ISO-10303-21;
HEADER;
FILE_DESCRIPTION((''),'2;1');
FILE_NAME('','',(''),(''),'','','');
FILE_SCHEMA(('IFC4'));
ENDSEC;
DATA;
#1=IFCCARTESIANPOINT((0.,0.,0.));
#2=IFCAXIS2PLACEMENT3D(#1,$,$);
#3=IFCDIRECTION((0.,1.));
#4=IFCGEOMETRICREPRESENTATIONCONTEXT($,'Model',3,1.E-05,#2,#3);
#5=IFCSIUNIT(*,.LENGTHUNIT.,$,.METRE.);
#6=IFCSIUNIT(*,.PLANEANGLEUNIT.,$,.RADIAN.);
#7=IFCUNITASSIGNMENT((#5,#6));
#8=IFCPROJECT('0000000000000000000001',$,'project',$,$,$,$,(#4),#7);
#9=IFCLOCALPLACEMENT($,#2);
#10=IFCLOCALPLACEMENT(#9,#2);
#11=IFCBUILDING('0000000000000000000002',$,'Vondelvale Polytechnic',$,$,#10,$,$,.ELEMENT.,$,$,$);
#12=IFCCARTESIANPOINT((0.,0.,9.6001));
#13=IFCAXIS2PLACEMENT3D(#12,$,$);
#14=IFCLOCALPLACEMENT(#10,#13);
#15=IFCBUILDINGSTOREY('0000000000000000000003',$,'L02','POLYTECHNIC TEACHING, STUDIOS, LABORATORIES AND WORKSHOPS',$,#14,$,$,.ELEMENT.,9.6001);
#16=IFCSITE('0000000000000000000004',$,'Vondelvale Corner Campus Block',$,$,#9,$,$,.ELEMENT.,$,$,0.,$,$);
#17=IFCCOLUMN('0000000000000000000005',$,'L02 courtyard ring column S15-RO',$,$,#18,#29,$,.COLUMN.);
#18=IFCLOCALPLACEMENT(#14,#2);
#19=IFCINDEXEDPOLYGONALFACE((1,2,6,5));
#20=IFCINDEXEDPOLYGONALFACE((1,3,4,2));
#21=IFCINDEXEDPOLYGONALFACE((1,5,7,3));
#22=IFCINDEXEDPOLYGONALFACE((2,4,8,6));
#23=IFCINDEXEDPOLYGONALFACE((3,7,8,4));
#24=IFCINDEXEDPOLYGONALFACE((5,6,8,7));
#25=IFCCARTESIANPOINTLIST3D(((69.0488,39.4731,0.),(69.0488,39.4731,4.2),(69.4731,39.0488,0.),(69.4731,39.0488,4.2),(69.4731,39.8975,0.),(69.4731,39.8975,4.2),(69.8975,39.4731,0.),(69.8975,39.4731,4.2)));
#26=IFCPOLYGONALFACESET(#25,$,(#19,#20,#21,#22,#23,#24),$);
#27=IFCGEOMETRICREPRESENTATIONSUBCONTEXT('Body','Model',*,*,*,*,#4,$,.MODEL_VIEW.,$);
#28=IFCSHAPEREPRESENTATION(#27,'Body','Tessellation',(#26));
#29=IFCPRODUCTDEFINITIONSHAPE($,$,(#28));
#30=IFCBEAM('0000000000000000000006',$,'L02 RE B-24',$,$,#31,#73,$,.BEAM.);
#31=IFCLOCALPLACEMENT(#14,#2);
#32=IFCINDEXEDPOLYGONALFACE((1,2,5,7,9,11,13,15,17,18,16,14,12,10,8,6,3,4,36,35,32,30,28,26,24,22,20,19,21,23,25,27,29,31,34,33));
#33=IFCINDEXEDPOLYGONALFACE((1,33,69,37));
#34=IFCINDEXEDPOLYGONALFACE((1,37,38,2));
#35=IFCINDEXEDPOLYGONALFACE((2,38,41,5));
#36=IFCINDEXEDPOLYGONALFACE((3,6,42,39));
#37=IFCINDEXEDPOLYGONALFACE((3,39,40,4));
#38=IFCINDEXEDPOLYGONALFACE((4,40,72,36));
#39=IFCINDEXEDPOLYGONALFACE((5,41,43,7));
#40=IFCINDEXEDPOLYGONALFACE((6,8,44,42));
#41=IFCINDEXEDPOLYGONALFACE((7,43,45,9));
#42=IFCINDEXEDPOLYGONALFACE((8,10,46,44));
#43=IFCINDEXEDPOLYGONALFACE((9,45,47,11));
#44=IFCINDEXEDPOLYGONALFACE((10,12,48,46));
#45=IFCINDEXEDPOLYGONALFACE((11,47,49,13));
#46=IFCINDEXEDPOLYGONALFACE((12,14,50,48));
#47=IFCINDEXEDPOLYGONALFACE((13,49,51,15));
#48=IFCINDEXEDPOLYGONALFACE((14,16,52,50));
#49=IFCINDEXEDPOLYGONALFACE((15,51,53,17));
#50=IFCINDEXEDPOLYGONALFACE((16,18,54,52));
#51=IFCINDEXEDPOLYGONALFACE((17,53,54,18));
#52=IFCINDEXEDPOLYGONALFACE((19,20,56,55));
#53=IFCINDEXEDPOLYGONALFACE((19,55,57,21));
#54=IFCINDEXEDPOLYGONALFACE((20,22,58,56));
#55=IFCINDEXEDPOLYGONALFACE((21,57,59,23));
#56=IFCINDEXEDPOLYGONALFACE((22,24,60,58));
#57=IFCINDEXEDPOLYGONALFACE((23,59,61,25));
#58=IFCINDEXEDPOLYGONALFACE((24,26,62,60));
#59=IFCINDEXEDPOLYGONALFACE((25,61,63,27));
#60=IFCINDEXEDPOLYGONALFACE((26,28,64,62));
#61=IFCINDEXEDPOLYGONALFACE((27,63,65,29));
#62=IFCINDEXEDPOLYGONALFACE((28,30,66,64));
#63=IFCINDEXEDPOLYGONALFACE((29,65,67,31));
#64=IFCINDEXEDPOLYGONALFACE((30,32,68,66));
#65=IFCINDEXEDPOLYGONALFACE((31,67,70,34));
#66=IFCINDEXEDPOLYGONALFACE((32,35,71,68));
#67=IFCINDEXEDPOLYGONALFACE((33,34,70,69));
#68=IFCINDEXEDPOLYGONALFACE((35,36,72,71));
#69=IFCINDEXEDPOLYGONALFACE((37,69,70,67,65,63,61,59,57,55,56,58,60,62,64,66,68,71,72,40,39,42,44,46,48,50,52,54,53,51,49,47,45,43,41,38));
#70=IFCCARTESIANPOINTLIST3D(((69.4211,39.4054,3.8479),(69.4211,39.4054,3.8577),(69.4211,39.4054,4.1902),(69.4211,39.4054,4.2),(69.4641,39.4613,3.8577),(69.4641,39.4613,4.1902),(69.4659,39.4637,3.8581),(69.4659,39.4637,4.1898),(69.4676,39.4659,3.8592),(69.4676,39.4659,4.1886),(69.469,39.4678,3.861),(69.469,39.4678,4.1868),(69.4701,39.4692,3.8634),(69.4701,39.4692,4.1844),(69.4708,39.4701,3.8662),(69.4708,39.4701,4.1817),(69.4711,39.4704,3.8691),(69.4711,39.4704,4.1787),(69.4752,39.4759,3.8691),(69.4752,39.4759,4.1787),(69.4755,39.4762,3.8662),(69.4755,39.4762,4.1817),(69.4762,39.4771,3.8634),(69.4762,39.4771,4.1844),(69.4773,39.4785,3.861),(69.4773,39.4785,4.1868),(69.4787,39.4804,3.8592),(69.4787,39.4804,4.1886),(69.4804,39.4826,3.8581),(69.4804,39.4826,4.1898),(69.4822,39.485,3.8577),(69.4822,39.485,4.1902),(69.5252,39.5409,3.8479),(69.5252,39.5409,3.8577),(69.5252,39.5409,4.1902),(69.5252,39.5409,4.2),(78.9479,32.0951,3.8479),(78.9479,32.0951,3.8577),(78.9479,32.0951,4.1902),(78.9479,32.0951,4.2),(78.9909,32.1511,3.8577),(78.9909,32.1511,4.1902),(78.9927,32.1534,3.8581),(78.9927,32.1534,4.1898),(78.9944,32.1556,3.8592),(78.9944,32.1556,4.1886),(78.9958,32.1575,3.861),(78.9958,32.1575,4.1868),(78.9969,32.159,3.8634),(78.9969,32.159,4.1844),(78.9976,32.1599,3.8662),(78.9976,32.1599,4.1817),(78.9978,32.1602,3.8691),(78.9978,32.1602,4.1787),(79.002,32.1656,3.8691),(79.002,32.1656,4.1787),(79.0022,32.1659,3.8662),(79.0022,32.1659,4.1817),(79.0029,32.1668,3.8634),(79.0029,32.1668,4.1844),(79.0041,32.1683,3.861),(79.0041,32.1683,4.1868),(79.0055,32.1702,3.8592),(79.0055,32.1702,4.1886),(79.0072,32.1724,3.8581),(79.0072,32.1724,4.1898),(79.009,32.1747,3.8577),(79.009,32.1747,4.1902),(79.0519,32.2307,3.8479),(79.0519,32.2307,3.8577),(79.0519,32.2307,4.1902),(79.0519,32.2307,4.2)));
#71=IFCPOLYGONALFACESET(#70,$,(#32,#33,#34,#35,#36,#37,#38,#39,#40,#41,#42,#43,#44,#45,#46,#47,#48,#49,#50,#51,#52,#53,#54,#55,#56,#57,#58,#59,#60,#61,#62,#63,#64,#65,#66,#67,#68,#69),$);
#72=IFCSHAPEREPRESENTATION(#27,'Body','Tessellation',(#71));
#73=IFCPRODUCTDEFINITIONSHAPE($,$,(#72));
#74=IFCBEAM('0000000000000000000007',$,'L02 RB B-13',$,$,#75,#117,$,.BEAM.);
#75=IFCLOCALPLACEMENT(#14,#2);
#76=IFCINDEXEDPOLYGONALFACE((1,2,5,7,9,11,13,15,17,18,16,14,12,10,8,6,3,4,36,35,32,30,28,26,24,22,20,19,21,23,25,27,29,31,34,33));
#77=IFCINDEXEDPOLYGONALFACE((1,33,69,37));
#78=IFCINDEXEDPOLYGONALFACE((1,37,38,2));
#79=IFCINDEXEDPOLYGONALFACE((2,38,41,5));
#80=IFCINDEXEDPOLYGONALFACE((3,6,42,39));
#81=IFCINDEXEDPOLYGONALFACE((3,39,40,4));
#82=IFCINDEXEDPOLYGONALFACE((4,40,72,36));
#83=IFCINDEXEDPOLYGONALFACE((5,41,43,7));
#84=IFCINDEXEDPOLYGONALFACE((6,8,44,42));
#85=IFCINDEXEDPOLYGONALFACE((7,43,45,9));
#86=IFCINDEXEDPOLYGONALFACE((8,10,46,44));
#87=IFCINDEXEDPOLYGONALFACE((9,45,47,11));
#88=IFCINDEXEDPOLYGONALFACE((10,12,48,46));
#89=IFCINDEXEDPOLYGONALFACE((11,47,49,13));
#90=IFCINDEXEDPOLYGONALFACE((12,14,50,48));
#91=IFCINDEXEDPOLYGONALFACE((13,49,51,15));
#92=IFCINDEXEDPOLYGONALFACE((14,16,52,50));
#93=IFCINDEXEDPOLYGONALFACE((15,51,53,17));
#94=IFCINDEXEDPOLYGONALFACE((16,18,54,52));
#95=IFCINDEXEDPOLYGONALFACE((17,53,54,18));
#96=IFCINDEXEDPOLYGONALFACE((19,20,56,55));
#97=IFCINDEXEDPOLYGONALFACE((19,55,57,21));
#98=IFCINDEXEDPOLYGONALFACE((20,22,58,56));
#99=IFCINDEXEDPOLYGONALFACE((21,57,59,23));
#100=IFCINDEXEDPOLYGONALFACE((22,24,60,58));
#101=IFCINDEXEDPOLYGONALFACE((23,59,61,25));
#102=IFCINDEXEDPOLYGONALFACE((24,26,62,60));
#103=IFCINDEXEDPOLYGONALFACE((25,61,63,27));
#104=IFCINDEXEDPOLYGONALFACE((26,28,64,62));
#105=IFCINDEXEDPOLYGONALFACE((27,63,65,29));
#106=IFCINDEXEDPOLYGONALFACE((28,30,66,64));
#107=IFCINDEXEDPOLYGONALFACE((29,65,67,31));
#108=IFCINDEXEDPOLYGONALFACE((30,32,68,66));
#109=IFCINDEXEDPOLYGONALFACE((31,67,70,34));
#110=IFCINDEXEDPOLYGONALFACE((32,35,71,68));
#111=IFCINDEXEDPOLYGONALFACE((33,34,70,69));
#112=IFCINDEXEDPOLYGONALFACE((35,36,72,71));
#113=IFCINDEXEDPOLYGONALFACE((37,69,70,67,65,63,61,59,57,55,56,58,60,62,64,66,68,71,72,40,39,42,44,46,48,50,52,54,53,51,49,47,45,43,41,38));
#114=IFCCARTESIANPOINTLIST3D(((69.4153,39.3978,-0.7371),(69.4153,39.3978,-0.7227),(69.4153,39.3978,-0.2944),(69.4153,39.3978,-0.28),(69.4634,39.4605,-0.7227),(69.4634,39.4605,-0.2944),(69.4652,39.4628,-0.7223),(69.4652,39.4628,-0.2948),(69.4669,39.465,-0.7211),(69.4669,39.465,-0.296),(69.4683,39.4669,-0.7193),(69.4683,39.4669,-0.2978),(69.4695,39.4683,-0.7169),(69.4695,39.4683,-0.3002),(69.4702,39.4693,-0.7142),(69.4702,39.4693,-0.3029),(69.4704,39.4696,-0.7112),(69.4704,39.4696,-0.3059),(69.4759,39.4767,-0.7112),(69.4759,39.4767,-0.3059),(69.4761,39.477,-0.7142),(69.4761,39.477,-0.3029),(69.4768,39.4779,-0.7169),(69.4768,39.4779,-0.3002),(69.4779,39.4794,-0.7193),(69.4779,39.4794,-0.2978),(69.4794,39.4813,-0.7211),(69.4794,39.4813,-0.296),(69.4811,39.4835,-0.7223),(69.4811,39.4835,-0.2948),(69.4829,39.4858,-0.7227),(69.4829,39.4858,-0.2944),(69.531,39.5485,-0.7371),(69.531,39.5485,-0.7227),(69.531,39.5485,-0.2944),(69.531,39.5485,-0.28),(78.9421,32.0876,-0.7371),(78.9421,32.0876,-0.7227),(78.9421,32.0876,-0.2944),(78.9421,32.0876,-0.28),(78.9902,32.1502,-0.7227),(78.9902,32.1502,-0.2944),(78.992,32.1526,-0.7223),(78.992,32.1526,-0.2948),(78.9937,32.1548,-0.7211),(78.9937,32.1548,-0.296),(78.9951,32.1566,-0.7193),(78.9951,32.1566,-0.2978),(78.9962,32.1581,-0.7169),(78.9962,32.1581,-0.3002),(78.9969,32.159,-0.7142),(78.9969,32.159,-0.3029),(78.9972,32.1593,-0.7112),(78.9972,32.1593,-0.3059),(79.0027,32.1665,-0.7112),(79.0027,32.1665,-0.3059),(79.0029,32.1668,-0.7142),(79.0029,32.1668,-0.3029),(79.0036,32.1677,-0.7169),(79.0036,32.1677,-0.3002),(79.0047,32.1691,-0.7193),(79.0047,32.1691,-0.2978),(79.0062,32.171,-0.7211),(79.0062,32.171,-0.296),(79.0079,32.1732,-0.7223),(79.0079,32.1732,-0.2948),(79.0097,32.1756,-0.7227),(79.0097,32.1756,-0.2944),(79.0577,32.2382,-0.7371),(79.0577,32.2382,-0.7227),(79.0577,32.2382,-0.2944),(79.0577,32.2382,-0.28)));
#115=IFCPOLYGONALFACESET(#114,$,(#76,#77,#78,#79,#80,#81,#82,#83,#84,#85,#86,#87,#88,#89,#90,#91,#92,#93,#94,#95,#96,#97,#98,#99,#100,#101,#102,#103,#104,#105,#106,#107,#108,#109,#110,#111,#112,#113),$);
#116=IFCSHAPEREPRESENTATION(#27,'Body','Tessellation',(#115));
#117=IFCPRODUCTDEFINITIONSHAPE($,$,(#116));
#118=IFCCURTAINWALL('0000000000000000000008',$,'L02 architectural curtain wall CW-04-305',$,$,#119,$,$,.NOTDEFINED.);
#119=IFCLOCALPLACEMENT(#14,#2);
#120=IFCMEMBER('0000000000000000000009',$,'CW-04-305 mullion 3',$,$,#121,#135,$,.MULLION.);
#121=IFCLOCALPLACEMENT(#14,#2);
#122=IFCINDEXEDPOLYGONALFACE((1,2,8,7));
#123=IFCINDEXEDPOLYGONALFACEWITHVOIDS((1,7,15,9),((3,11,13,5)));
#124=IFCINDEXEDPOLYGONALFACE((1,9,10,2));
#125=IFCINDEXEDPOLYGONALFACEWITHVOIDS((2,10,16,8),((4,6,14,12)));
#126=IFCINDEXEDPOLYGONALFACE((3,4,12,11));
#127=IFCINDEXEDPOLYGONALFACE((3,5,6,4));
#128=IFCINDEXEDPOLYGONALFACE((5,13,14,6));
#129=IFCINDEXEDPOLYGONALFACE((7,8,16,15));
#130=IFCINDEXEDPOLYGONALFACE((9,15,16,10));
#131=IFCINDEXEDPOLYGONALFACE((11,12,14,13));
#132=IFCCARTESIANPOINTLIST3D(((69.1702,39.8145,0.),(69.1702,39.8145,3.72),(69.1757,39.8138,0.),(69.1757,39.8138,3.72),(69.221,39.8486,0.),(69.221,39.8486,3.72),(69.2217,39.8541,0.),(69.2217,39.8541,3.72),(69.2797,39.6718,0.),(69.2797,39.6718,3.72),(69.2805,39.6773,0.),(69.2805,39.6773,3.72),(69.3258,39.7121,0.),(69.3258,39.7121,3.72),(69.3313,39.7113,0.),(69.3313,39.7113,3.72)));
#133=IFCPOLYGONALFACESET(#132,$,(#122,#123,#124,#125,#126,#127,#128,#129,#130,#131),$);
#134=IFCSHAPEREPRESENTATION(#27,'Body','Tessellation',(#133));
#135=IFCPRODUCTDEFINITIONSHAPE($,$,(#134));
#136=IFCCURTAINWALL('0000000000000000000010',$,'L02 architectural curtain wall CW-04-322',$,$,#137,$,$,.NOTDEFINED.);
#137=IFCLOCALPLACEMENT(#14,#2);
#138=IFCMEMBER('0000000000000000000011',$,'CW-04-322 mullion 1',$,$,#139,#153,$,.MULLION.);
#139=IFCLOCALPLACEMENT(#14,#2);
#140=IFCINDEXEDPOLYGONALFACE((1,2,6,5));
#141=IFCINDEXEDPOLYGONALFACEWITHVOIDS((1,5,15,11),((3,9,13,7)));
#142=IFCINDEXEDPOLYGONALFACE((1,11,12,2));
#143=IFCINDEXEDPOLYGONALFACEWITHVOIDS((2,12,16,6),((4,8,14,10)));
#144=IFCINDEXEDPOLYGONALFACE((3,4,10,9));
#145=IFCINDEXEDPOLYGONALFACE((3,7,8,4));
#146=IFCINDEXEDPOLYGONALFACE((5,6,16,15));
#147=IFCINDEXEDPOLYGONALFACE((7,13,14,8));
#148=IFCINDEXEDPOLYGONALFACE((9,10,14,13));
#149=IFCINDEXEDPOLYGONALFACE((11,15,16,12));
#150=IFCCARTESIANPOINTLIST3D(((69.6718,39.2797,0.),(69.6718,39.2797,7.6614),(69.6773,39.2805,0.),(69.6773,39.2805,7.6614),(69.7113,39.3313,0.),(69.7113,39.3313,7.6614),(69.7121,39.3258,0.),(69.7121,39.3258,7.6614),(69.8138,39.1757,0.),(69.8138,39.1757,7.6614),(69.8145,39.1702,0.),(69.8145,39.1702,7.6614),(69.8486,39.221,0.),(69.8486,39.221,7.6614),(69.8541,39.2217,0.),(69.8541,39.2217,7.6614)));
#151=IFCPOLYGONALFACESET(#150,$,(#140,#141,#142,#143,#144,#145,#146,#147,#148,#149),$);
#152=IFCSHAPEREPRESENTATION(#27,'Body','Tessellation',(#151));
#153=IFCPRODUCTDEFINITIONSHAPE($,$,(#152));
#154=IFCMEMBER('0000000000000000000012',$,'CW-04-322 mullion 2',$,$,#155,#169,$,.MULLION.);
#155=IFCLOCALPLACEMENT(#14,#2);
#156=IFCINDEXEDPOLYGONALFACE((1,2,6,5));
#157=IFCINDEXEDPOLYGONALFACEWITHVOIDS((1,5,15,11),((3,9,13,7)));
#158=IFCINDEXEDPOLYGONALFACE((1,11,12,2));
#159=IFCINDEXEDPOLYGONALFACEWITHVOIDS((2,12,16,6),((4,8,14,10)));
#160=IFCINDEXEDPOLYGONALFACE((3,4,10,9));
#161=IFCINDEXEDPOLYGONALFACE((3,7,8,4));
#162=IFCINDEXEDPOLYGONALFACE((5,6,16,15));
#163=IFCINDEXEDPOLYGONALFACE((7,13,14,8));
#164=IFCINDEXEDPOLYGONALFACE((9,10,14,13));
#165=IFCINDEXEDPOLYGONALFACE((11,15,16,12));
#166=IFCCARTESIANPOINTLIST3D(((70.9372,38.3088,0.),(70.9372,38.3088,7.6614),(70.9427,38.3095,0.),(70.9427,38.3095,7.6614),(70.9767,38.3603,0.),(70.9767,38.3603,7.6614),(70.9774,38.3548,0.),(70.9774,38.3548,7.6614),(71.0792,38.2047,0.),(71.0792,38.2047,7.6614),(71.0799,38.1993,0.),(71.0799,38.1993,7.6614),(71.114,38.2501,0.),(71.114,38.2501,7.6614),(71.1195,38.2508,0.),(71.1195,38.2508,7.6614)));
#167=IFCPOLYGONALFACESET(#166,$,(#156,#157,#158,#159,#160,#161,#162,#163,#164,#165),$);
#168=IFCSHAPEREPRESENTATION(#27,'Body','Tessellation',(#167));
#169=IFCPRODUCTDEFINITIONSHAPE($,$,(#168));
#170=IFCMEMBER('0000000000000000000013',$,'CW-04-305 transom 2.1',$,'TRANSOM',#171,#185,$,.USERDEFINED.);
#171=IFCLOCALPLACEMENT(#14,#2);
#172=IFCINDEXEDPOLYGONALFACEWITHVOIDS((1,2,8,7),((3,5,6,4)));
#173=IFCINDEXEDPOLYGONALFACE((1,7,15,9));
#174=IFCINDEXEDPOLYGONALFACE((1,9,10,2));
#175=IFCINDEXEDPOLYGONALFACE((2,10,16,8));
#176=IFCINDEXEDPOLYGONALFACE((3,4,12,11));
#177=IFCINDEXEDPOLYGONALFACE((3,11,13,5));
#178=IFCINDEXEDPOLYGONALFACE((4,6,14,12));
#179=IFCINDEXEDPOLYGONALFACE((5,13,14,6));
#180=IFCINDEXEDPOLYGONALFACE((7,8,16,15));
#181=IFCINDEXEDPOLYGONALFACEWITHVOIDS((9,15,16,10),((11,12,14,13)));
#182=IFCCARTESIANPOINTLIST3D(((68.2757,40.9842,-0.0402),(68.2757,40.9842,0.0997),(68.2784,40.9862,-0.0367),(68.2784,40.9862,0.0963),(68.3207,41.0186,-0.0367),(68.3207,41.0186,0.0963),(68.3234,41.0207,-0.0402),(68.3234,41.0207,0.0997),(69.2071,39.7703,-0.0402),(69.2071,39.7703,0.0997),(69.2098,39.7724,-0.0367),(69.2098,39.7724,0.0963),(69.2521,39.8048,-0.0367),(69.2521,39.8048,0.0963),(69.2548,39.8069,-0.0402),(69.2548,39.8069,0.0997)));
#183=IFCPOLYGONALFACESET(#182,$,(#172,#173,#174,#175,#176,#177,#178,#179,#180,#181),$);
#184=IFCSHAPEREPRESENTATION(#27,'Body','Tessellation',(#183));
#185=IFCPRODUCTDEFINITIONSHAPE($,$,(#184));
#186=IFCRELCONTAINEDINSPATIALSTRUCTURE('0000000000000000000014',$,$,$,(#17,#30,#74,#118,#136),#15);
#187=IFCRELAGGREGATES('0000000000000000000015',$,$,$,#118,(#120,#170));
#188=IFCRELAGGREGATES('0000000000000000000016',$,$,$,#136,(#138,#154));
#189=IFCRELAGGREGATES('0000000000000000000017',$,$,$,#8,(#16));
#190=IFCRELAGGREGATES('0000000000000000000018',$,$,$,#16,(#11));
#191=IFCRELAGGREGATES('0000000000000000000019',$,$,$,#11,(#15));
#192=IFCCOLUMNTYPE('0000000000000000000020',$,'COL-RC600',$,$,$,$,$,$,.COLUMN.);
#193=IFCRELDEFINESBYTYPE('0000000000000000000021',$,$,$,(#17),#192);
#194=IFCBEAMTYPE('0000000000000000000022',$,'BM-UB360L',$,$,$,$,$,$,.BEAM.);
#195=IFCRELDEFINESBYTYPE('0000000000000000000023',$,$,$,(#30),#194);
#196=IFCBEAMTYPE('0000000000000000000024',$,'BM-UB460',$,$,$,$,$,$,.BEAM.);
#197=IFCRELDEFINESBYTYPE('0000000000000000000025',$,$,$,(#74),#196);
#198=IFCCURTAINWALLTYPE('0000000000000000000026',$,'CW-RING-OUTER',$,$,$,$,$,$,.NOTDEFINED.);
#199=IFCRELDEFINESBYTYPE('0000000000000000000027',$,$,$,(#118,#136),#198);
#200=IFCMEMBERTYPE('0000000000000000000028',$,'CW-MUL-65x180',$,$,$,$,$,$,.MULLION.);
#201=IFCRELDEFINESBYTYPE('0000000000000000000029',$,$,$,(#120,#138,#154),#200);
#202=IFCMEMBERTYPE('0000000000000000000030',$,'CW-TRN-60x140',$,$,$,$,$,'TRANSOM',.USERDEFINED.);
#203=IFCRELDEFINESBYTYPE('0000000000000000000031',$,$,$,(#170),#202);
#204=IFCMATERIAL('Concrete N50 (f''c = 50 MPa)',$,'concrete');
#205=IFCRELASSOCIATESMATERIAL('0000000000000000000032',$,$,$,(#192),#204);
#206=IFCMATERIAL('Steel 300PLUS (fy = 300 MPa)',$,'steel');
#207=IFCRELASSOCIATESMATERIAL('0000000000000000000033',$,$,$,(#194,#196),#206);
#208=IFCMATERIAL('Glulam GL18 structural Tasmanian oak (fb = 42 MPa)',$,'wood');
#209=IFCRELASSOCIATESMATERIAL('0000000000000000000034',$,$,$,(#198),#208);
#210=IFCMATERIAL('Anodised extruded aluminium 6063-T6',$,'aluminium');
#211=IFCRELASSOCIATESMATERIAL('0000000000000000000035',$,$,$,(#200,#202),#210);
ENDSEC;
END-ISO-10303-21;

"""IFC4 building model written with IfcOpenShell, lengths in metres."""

from ifc_helpers import new_model, si_unit, direction, frame, origin, origin_2d, place, context, subcontext, project, spatial, rectangle, hollow_rectangle, i_section, extrude, material, material_profile, profile_set, type_object, element, aggregate, save


model = new_model("IFC4")

# Units and contexts
model_context = context("Model", 3, precision=1e-05, world=origin(), true_north=direction((0.0, 1.0)))
body_context = subcontext(model_context, "Body", "Model", "MODEL_VIEW")
ifc_project = project(units=[si_unit("LENGTHUNIT", "METRE"), si_unit("PLANEANGLEUNIT", "RADIAN")], contexts=[model_context])

# Site, building, storey
site_placement = place(None, origin())
site = spatial("IfcSite", under=ifc_project, at=site_placement, Name="Vondelvale Corner Campus Block", CompositionType="ELEMENT", RefElevation=0.0)
building_placement = place(site_placement, origin())
building = spatial("IfcBuilding", under=site, at=building_placement, Name="Vondelvale Polytechnic", CompositionType="ELEMENT")
storey_placement = place(building_placement, frame((0.0, 0.0, 9.6001)))
storey = spatial("IfcBuildingStorey", under=building, at=storey_placement, Name="L02", Description="POLYTECHNIC TEACHING, STUDIOS, LABORATORIES AND WORKSHOPS", CompositionType="ELEMENT", Elevation=9.6001)

# Column
ifc_material_1 = material(Name="Concrete N50 (f'c = 50 MPa)", Category="concrete")
ifc_material_profile_1 = material_profile(ifc_material_1, rectangle(XDim=0.6001, YDim=0.6001, at=origin_2d()), Name="RC-COL-600x600")
ifc_profile_set_1 = profile_set([ifc_material_profile_1], Name="Concrete N50 (f'c = 50 MPa)")
column_type = type_object("IfcColumnType", Name="COL-RC600", PredefinedType="COLUMN", material=ifc_profile_set_1)
column_placement = place(storey_placement, frame((69.4731, 39.4731, 0.0), z_axis=(0.0, 0.0, 1.0), x_axis=(0.707107, 0.707107, 0.0)))
element("IfcColumn", 1, at=column_placement, inside=storey, type_object=column_type, Name="L02 courtyard ring column S15-RO", PredefinedType="COLUMN", context=body_context, shape_type="SweptSolid", body=[
    extrude(rectangle(XDim=0.6001, YDim=0.6001, at=origin_2d()), origin(), (0.0, 0.0, 1.0), 4.2),
])

# Beams
ifc_material_2 = material(Name="Steel 300PLUS (fy = 300 MPa)", Category="steel")
ifc_material_profile_2 = material_profile(ifc_material_2, i_section(OverallWidth=0.1709, OverallDepth=0.3521, WebThickness=0.0068, FlangeThickness=0.0098, FilletRadius=0.0115, at=origin_2d()), Name="360UB44.7")
ifc_profile_set_2 = profile_set([ifc_material_profile_2], Name="Steel 300PLUS (fy = 300 MPa)")
beam_type_1 = type_object("IfcBeamType", Name="BM-UB360L", PredefinedType="BEAM", material=ifc_profile_set_2)
beam_1_placement = place(storey_placement, frame((69.4731, 39.4731, 4.0239), z_axis=(0.79335, -0.608766, 0.0), x_axis=(0.608766, 0.79335, 0.0)))
element("IfcBeam", 2, at=beam_1_placement, inside=storey, type_object=beam_type_1, Name="L02 RE B-24", PredefinedType="BEAM", context=body_context, shape_type="SweptSolid", body=[
    extrude(i_section(OverallWidth=0.1709, OverallDepth=0.3521, WebThickness=0.0068, FlangeThickness=0.0098, FilletRadius=0.0115, at=origin_2d()), origin(), (0.0, 0.0, 1.0), 12.0083),
])
ifc_material_profile_3 = material_profile(ifc_material_2, i_section(OverallWidth=0.1899, OverallDepth=0.457, WebThickness=0.009, FlangeThickness=0.0144, FilletRadius=0.0115, at=origin_2d()), Name="460UB74.6")
ifc_profile_set_3 = profile_set([ifc_material_profile_3], Name="Steel 300PLUS (fy = 300 MPa)")
beam_type_2 = type_object("IfcBeamType", Name="BM-UB460", PredefinedType="BEAM", material=ifc_profile_set_3)
beam_2_placement = place(storey_placement, frame((69.4731, 39.4731, -0.5085), z_axis=(0.79335, -0.608766, 0.0), x_axis=(0.608766, 0.79335, 0.0)))
element("IfcBeam", 3, at=beam_2_placement, inside=storey, type_object=beam_type_2, Name="L02 RB B-13", PredefinedType="BEAM", context=body_context, shape_type="SweptSolid", body=[
    extrude(i_section(OverallWidth=0.1899, OverallDepth=0.457, WebThickness=0.009, FlangeThickness=0.0144, FilletRadius=0.0115, at=origin_2d()), origin(), (0.0, 0.0, 1.0), 12.0083),
])

# Curtain wall, member
ifc_material_3 = material(Name="Glulam GL18 structural Tasmanian oak (fb = 42 MPa)", Category="wood")
curtain_wall_type = type_object("IfcCurtainWallType", Name="CW-RING-OUTER", PredefinedType="NOTDEFINED", material=ifc_material_3)
curtain_wall_1_placement = place(storey_placement, origin())
curtain_wall_1 = element("IfcCurtainWall", 4, at=curtain_wall_1_placement, inside=storey, type_object=curtain_wall_type, Name="L02 architectural curtain wall CW-04-305", PredefinedType="NOTDEFINED")
ifc_material_4 = material(Name="Anodised extruded aluminium 6063-T6", Category="aluminium")
ifc_material_profile_4 = material_profile(ifc_material_4, hollow_rectangle(XDim=0.0649, YDim=0.1799, WallThickness=0.0039, at=origin_2d()), Name="CW-MUL-180x65")
ifc_profile_set_4 = profile_set([ifc_material_profile_4], Name="Anodised extruded aluminium 6063-T6")
member_type_1 = type_object("IfcMemberType", Name="CW-MUL-65x180", PredefinedType="MULLION", material=ifc_profile_set_4)
member_1_placement = place(storey_placement, frame((69.2507, 39.7629, 0.0), z_axis=(0.0, 0.0, 1.0), x_axis=(0.793334, 0.608787, 0.0)))
member_1 = element("IfcMember", 5, at=member_1_placement, type_object=member_type_1, Name="CW-04-305 mullion 3", PredefinedType="MULLION", context=body_context, shape_type="SweptSolid", body=[
    extrude(hollow_rectangle(XDim=0.0649, YDim=0.1799, WallThickness=0.0039, at=origin_2d()), origin(), (0.0, 0.0, 1.0), 3.72),
])

# Curtain wall, members
curtain_wall_2_placement = place(storey_placement, origin())
curtain_wall_2 = element("IfcCurtainWall", 6, at=curtain_wall_2_placement, inside=storey, type_object=curtain_wall_type, Name="L02 architectural curtain wall CW-04-322", PredefinedType="NOTDEFINED")
member_2_placement = place(storey_placement, frame((69.7629, 39.2507, 0.0), z_axis=(0.0, 0.0, 1.0), x_axis=(0.608787, 0.793334, 0.0)))
member_2 = element("IfcMember", 7, at=member_2_placement, type_object=member_type_1, Name="CW-04-322 mullion 1", PredefinedType="MULLION", context=body_context, shape_type="SweptSolid", body=[
    extrude(hollow_rectangle(XDim=0.0649, YDim=0.1799, WallThickness=0.0039, at=origin_2d()), origin(), (0.0, 0.0, 1.0), 7.6614),
])
member_3_placement = place(storey_placement, frame((71.0283, 38.2798, 0.0), z_axis=(0.0, 0.0, 1.0), x_axis=(0.608787, 0.793334, 0.0)))
member_3 = element("IfcMember", 8, at=member_3_placement, type_object=member_type_1, Name="CW-04-322 mullion 2", PredefinedType="MULLION", context=body_context, shape_type="SweptSolid", body=[
    extrude(hollow_rectangle(XDim=0.0649, YDim=0.1799, WallThickness=0.0039, at=origin_2d()), origin(), (0.0, 0.0, 1.0), 7.6614),
])

# Member
ifc_material_profile_5 = material_profile(ifc_material_4, hollow_rectangle(XDim=0.0601, YDim=0.1399, WallThickness=0.0034, at=origin_2d()), Name="CW-TRN-140x60")
ifc_profile_set_5 = profile_set([ifc_material_profile_5], Name="Anodised extruded aluminium 6063-T6")
member_type_2 = type_object("IfcMemberType", Name="CW-TRN-60x140", ElementType="TRANSOM", PredefinedType="USERDEFINED", material=ifc_profile_set_5)
member_4_placement = place(storey_placement, frame((68.2996, 41.0024, 0.0298), z_axis=(0.608746, -0.793365, 0.0), x_axis=(0.793365, 0.608746, 0.0)))
member_4 = element("IfcMember", 9, at=member_4_placement, type_object=member_type_2, Name="CW-04-305 transom 2.1", ObjectType="TRANSOM", PredefinedType="USERDEFINED", context=body_context, shape_type="SweptSolid", body=[
    extrude(hollow_rectangle(XDim=0.0601, YDim=0.1399, WallThickness=0.0034, at=origin_2d()), origin(), (0.0, 0.0, 1.0), 1.53),
])

aggregate(curtain_wall_1, [member_1, member_4])
aggregate(curtain_wall_2, [member_2, member_3])

save(model, "model.ifc")
